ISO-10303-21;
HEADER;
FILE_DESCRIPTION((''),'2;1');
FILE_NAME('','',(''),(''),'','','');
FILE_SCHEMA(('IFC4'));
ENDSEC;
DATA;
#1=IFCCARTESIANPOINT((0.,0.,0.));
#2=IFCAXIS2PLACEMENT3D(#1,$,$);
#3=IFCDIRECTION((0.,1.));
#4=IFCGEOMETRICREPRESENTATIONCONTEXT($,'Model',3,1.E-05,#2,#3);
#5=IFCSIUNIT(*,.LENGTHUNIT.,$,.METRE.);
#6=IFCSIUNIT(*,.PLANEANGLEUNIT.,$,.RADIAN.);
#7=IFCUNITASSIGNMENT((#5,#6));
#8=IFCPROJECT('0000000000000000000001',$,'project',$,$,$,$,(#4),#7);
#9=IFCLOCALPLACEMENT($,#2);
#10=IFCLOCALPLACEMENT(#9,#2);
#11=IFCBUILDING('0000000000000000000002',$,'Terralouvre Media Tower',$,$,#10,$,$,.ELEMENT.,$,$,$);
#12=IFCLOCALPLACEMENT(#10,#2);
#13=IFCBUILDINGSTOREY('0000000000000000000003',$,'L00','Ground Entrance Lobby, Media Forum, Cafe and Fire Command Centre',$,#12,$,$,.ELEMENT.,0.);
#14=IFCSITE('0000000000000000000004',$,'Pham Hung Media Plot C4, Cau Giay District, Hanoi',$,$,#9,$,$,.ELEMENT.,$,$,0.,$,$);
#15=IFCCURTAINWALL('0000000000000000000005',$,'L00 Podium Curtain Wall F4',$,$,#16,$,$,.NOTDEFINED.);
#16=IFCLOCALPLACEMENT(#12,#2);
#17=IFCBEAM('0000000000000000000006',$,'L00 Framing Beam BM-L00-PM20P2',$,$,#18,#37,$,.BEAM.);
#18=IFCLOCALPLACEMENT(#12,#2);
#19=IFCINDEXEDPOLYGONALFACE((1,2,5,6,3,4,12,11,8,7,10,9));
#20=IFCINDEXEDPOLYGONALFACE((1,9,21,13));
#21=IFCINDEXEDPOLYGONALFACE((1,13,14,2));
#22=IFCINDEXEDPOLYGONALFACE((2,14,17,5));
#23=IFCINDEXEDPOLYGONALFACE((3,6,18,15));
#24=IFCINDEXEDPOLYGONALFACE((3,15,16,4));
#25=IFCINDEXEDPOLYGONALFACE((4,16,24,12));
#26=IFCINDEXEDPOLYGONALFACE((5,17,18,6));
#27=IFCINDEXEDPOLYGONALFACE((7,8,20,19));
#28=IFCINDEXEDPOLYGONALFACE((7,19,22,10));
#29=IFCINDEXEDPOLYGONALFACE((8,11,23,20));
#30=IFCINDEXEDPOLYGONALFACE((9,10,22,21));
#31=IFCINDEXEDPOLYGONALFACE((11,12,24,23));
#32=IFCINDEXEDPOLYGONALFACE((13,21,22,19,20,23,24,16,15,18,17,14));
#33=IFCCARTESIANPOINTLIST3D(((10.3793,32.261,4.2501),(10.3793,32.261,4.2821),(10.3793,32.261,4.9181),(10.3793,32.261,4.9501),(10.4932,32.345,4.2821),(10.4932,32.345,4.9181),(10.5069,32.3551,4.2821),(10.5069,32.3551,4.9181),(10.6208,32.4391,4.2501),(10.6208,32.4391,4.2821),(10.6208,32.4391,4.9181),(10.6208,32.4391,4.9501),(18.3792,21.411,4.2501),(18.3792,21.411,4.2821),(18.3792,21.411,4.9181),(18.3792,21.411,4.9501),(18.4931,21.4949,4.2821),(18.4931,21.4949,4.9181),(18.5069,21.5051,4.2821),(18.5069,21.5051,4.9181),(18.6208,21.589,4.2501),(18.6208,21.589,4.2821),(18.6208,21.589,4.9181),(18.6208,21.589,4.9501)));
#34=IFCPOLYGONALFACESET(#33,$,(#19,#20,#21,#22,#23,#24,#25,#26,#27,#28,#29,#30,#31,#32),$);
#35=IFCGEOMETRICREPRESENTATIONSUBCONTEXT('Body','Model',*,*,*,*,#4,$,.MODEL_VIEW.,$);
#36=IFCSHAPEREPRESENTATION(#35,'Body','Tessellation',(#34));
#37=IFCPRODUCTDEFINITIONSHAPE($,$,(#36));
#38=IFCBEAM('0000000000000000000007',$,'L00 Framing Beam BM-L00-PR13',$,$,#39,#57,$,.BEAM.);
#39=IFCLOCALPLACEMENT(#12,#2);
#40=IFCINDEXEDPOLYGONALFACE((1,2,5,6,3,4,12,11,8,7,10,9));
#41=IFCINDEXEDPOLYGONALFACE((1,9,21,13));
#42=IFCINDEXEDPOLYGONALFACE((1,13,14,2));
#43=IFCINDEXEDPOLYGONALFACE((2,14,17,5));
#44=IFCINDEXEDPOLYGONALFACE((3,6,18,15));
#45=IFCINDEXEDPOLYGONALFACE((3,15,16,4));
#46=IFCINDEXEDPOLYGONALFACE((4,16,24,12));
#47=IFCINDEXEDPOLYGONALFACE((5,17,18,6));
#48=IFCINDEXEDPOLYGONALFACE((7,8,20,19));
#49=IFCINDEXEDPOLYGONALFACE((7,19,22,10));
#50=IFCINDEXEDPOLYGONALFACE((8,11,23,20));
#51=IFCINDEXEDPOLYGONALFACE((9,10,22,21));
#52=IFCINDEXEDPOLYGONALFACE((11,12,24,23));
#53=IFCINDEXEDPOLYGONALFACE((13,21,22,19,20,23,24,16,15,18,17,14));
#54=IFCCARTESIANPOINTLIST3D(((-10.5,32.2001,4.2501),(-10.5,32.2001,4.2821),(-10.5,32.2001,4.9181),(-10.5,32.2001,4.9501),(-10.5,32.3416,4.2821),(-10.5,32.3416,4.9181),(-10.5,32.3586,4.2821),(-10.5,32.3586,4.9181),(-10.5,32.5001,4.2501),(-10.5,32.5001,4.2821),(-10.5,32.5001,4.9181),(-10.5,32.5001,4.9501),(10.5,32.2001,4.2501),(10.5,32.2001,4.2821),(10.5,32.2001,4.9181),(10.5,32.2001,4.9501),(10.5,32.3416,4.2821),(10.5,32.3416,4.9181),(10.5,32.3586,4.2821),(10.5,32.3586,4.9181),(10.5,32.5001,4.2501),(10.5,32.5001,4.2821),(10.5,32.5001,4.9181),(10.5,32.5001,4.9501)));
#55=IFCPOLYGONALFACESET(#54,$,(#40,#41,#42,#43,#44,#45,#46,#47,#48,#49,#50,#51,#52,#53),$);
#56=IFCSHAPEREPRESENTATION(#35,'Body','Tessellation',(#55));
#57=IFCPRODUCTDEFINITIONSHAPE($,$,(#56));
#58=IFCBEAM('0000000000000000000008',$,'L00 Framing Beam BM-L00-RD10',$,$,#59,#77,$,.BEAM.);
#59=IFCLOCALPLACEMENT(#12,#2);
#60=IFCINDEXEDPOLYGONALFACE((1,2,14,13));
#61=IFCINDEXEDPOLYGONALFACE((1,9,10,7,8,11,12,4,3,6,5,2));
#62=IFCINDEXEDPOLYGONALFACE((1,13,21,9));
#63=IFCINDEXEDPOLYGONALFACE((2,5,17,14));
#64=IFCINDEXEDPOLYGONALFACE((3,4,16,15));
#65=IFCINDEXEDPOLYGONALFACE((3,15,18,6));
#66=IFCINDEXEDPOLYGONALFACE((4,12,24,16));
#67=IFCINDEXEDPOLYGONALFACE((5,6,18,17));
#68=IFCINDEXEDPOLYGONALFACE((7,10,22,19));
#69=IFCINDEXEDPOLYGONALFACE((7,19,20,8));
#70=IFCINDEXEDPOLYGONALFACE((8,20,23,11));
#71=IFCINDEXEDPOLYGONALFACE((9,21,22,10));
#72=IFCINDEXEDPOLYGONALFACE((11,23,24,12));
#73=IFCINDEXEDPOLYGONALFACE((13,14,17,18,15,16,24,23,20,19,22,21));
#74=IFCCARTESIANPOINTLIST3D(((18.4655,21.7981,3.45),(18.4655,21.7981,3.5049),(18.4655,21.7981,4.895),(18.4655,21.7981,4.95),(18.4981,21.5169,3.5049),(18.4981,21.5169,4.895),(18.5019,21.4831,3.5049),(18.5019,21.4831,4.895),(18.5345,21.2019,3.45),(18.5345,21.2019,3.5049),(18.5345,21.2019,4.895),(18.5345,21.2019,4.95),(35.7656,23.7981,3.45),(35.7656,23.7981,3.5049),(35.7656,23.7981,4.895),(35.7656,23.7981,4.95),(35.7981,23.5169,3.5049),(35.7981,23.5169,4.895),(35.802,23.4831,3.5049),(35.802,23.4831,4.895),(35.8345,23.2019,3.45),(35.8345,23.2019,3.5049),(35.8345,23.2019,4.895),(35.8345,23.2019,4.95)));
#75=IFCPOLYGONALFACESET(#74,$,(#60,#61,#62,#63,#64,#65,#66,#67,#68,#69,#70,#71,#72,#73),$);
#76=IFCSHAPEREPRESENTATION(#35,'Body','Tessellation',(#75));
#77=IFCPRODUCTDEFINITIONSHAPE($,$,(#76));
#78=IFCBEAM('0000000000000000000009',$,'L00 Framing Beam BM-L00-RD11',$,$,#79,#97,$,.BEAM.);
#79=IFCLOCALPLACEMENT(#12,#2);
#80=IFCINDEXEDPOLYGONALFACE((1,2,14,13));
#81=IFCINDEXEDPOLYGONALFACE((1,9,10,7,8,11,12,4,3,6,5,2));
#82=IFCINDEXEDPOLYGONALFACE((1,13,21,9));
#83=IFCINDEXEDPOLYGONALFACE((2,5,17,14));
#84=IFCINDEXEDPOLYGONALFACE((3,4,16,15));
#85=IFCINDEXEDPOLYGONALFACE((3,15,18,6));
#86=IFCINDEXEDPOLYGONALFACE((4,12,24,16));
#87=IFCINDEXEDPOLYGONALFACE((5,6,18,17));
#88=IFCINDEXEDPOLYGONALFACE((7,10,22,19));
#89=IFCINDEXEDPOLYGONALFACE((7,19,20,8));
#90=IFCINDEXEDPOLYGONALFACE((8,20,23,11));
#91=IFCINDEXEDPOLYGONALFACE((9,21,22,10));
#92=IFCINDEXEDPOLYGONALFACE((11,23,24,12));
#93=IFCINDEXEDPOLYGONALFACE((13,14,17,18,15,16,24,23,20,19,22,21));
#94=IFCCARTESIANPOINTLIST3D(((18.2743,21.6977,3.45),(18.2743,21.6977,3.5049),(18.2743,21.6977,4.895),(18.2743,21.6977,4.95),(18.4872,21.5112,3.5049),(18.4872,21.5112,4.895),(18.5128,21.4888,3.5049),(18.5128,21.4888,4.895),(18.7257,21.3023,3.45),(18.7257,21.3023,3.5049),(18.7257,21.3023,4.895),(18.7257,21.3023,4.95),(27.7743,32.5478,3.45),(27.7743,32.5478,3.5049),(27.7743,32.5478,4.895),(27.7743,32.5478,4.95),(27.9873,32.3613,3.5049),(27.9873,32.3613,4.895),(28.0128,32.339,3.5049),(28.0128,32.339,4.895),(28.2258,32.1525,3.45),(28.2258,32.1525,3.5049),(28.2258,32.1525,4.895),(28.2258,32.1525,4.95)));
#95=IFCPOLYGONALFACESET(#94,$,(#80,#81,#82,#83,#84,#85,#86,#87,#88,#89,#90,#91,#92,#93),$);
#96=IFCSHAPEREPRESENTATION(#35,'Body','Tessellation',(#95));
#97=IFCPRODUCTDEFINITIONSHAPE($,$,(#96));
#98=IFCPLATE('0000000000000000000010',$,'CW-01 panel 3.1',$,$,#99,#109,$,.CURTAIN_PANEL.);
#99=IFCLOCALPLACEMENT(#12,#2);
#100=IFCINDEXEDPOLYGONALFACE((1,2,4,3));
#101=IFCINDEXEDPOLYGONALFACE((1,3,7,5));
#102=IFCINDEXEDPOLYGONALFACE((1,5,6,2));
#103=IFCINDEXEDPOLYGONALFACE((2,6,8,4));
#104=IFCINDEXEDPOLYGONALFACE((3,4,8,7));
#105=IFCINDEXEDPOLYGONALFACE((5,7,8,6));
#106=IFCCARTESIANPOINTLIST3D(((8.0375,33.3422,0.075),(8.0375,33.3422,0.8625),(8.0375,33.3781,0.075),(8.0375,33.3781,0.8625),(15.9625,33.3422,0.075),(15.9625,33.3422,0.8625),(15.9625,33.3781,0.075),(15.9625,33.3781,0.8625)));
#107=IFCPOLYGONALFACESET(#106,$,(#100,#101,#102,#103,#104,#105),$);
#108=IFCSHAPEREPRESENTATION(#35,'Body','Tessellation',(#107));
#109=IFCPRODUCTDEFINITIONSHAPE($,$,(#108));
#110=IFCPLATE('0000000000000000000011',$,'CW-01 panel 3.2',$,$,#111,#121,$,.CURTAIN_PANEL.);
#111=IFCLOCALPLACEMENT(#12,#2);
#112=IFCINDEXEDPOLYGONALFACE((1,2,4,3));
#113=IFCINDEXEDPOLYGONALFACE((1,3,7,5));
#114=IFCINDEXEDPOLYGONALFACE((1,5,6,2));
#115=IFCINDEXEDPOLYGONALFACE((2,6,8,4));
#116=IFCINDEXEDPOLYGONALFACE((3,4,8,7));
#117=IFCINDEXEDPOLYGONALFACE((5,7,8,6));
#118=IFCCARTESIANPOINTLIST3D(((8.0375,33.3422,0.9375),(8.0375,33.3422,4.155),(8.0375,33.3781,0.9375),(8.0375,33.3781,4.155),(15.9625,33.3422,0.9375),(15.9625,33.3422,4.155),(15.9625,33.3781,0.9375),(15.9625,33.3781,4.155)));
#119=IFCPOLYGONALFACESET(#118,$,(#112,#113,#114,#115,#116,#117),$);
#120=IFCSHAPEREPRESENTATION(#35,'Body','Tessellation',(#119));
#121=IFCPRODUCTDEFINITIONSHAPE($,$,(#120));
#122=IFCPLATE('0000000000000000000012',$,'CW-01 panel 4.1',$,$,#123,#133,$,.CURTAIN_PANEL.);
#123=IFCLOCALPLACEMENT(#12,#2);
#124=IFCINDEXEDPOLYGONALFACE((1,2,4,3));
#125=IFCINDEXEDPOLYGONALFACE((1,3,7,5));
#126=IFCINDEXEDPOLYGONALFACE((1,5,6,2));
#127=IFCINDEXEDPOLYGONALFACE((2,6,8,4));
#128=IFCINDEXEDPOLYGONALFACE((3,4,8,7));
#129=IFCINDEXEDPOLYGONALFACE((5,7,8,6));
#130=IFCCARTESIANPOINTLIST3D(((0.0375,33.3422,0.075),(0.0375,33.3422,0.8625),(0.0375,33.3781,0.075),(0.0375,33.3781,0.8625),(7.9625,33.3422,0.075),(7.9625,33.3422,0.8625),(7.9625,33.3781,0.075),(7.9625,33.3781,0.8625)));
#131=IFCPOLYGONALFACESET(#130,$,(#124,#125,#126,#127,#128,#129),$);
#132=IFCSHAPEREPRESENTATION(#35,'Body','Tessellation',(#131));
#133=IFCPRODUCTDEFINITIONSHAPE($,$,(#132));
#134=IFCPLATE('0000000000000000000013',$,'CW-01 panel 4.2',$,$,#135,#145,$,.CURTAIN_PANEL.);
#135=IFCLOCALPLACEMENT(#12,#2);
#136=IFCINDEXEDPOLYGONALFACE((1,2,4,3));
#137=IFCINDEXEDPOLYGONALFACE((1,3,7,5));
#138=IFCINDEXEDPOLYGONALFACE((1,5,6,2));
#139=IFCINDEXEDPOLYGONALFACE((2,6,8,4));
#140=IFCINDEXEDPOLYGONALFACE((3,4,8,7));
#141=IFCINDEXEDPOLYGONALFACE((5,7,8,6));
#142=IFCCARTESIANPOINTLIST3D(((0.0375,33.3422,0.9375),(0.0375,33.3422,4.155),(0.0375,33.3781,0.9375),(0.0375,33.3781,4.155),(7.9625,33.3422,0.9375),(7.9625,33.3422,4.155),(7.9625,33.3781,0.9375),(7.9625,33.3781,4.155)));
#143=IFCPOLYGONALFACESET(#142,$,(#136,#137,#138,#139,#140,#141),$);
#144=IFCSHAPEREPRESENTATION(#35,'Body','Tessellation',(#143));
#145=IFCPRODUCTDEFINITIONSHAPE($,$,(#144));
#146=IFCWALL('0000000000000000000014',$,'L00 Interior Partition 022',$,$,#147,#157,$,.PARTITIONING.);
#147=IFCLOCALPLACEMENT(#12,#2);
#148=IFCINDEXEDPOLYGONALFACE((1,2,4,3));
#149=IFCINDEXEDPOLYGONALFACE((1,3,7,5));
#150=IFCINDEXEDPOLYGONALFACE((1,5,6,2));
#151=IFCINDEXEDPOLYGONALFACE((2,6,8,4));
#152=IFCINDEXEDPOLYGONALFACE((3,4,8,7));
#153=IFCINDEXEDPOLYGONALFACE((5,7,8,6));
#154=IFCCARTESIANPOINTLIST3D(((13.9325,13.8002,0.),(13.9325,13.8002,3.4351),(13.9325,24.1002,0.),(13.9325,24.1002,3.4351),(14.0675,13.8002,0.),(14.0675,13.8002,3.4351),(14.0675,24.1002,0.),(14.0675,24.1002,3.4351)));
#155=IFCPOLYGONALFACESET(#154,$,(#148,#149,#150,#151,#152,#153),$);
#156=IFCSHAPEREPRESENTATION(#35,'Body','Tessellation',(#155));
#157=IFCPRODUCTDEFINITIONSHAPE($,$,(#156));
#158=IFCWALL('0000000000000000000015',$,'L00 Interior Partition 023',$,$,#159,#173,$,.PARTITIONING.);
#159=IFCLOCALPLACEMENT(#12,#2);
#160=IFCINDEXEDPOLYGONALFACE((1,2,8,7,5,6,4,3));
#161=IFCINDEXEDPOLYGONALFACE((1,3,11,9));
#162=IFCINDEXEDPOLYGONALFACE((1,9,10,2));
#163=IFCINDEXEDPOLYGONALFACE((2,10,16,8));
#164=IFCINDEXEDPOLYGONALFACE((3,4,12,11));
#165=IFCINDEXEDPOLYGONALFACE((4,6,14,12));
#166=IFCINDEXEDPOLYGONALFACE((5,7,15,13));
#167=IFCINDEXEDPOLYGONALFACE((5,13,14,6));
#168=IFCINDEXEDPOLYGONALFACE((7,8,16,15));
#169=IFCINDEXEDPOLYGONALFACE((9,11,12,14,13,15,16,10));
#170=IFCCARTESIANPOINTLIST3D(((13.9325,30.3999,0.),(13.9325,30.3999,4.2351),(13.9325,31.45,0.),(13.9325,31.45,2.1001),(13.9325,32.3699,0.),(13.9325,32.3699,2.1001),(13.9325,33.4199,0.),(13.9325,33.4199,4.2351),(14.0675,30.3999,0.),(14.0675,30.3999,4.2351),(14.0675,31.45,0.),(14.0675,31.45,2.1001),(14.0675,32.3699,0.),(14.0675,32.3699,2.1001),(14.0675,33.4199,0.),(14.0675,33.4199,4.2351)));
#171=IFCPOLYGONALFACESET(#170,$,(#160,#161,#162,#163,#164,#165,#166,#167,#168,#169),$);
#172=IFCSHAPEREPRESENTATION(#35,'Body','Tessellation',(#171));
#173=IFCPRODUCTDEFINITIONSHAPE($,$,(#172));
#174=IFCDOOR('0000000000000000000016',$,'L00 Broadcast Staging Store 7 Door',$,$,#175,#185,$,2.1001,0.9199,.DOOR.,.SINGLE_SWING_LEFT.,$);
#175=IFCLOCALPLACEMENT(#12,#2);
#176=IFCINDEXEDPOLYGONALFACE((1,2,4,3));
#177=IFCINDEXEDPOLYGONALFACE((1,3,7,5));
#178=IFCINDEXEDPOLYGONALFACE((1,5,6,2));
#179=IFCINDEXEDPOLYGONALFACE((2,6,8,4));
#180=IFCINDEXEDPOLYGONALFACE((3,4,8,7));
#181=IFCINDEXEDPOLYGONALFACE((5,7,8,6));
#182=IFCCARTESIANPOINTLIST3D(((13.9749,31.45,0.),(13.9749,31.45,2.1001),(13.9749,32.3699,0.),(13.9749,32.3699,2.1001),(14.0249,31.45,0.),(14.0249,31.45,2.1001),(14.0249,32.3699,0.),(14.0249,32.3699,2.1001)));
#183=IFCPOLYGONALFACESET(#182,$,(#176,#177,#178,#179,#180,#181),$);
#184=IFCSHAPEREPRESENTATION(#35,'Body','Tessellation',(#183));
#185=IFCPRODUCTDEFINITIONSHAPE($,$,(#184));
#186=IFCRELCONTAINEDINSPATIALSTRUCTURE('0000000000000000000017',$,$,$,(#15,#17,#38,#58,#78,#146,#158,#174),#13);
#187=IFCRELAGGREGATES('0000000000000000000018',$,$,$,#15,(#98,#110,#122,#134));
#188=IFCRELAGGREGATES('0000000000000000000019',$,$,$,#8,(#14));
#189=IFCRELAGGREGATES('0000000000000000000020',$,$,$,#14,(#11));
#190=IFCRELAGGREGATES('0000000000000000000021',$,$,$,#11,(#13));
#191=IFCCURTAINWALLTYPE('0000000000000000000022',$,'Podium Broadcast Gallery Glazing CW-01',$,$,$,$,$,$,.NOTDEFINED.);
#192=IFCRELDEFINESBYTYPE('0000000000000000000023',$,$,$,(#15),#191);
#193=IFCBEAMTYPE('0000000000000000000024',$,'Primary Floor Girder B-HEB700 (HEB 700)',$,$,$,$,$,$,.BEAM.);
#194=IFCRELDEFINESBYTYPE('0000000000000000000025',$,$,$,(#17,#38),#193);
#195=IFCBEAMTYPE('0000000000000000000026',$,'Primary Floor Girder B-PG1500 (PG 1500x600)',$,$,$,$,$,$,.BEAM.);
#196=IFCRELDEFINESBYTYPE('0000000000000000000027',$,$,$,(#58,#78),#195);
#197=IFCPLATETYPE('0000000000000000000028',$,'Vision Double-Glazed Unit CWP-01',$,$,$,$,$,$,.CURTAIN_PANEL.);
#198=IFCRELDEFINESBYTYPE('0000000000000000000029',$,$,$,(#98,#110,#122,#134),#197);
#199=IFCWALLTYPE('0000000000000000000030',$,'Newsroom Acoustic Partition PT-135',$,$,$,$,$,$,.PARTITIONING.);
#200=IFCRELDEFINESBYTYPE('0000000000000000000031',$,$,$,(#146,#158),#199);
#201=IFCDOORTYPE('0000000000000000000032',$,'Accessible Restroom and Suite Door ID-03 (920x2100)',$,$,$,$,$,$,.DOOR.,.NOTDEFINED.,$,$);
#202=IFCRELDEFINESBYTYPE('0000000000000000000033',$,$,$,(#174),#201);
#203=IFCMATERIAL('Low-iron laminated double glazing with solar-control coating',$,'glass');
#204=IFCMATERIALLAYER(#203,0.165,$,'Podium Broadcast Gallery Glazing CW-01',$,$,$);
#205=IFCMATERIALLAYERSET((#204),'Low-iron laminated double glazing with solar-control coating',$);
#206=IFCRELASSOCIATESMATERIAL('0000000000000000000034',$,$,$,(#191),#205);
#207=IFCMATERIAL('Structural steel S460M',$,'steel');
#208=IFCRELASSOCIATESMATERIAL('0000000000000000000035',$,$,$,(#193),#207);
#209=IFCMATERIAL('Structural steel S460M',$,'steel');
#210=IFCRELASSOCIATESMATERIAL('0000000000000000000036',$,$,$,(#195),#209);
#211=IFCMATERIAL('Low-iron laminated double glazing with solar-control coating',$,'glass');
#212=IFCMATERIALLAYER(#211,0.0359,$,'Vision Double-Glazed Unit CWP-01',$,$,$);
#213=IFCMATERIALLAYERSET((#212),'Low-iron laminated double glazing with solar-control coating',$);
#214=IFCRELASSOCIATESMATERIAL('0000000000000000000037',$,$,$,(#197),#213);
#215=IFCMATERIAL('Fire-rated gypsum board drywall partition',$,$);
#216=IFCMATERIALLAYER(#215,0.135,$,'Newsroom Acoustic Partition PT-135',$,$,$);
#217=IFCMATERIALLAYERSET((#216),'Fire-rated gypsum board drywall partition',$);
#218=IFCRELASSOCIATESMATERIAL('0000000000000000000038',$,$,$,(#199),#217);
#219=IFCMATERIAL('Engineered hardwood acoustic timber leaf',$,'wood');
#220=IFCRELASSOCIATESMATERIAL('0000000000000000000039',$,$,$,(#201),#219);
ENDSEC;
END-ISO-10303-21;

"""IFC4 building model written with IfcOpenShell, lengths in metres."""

from ifc_helpers import new_model, si_unit, direction, frame, frame_2d, origin, origin_2d, place, context, subcontext, project, spatial, rectangle, i_section, extrude, material, layer, layer_set, material_profile, profile_set, type_object, element, fill, aggregate, save


model = new_model("IFC4")

# Units and contexts
model_context = context("Model", 3, precision=1e-05, world=origin(), true_north=direction((0.0, 1.0)))
body_context = subcontext(model_context, "Body", "Model", "MODEL_VIEW")
ifc_project = project(units=[si_unit("LENGTHUNIT", "METRE"), si_unit("PLANEANGLEUNIT", "RADIAN")], contexts=[model_context])

# Site, building, storey
site_placement = place(None, origin())
site = spatial("IfcSite", under=ifc_project, at=site_placement, Name="Pham Hung Media Plot C4, Cau Giay District, Hanoi", CompositionType="ELEMENT", RefElevation=0.0)
building_placement = place(site_placement, origin())
building = spatial("IfcBuilding", under=site, at=building_placement, Name="Terralouvre Media Tower", CompositionType="ELEMENT")
storey_placement = place(building_placement, origin())
storey = spatial("IfcBuildingStorey", under=building, at=storey_placement, Name="L00", Description="Ground Entrance Lobby, Media Forum, Cafe and Fire Command Centre", CompositionType="ELEMENT", Elevation=0.0)

# Curtain wall
ifc_material_1 = material(Name="Low-iron laminated double glazing with solar-control coating", Category="glass")
ifc_layer_1 = layer(ifc_material_1, 0.165, Name="Podium Broadcast Gallery Glazing CW-01")
ifc_layer_set_1 = layer_set([ifc_layer_1], Name="Low-iron laminated double glazing with solar-control coating")
curtain_wall_type = type_object("IfcCurtainWallType", Name="Podium Broadcast Gallery Glazing CW-01", PredefinedType="NOTDEFINED", material=ifc_layer_set_1)
curtain_wall_placement = place(storey_placement, origin())
curtain_wall = element("IfcCurtainWall", 1, at=curtain_wall_placement, inside=storey, type_object=curtain_wall_type, Name="L00 Podium Curtain Wall F4", PredefinedType="NOTDEFINED")

# Beams
ifc_material_2 = material(Name="Structural steel S460M", Category="steel")
ifc_material_profile_1 = material_profile(ifc_material_2, i_section(OverallWidth=0.3, OverallDepth=0.7, WebThickness=0.0171, FlangeThickness=0.032, at=origin_2d()), Name="HEB 700")
ifc_profile_set_1 = profile_set([ifc_material_profile_1], Name="Structural steel S460M")
beam_type_1 = type_object("IfcBeamType", Name="Primary Floor Girder B-HEB700 (HEB 700)", PredefinedType="BEAM", material=ifc_profile_set_1)
beam_1_placement = place(storey_placement, frame((18.5, 21.5, 4.6001), z_axis=(-0.593449, 0.804872, 0.0), x_axis=(-0.804872, -0.593449, 0.0)))
element("IfcBeam", 2, at=beam_1_placement, inside=storey, type_object=beam_type_1, Name="L00 Framing Beam BM-L00-PM20P2", PredefinedType="BEAM", context=body_context, shape_type="SweptSolid", body=[
    extrude(i_section(OverallWidth=0.3, OverallDepth=0.7, WebThickness=0.0171, FlangeThickness=0.032, at=origin_2d()), origin(), (0.0, 0.0, 1.0), 13.4805),
])
beam_2_placement = place(storey_placement, frame((10.5, 32.3501, 4.6001), z_axis=(-1.0, 0.0, 0.0), x_axis=(0.0, -1.0, 0.0)))
element("IfcBeam", 3, at=beam_2_placement, inside=storey, type_object=beam_type_1, Name="L00 Framing Beam BM-L00-PR13", PredefinedType="BEAM", context=body_context, shape_type="SweptSolid", body=[
    extrude(i_section(OverallWidth=0.3, OverallDepth=0.7, WebThickness=0.0171, FlangeThickness=0.032, at=origin_2d()), origin(), (0.0, 0.0, 1.0), 21.0),
])
ifc_material_3 = material(Name="Structural steel S460M", Category="steel")
ifc_material_profile_2 = material_profile(ifc_material_3, i_section(OverallWidth=0.6001, OverallDepth=1.5, WebThickness=0.0339, FlangeThickness=0.0549, at=origin_2d()), Name="PG 1500x600")
ifc_profile_set_2 = profile_set([ifc_material_profile_2], Name="Structural steel S460M")
beam_type_2 = type_object("IfcBeamType", Name="Primary Floor Girder B-PG1500 (PG 1500x600)", PredefinedType="BEAM", material=ifc_profile_set_2)
beam_3_placement = place(storey_placement, frame((18.5, 21.5, 4.2), z_axis=(0.993384, 0.114842, 0.0), x_axis=(-0.114842, 0.993384, 0.0)))
element("IfcBeam", 4, at=beam_3_placement, inside=storey, type_object=beam_type_2, Name="L00 Framing Beam BM-L00-RD10", PredefinedType="BEAM", context=body_context, shape_type="SweptSolid", body=[
    extrude(i_section(OverallWidth=0.6001, OverallDepth=1.5, WebThickness=0.0339, FlangeThickness=0.0549, at=origin_2d()), origin(), (0.0, 0.0, 1.0), 17.4153),
])
beam_4_placement = place(storey_placement, frame((18.5, 21.5, 4.2), z_axis=(0.658747, 0.752365, 0.0), x_axis=(-0.752365, 0.658747, 0.0)))
element("IfcBeam", 5, at=beam_4_placement, inside=storey, type_object=beam_type_2, Name="L00 Framing Beam BM-L00-RD11", PredefinedType="BEAM", context=body_context, shape_type="SweptSolid", body=[
    extrude(i_section(OverallWidth=0.6001, OverallDepth=1.5, WebThickness=0.0339, FlangeThickness=0.0549, at=origin_2d()), origin(), (0.0, 0.0, 1.0), 14.4214),
])

# Plates
ifc_material_4 = material(Name="Low-iron laminated double glazing with solar-control coating", Category="glass")
ifc_layer_2 = layer(ifc_material_4, 0.0359, Name="Vision Double-Glazed Unit CWP-01")
ifc_layer_set_2 = layer_set([ifc_layer_2], Name="Low-iron laminated double glazing with solar-control coating")
plate_type = type_object("IfcPlateType", Name="Vision Double-Glazed Unit CWP-01", PredefinedType="CURTAIN_PANEL", material=ifc_layer_set_2)
plate_1_placement = place(storey_placement, frame((12.0, 33.3601, 0.075), z_axis=(0.0, 0.0, 1.0), x_axis=(-1.0, 0.0, 0.0)))
plate_1 = element("IfcPlate", 6, at=plate_1_placement, type_object=plate_type, Name="CW-01 panel 3.1", PredefinedType="CURTAIN_PANEL", context=body_context, shape_type="SweptSolid", body=[
    extrude(rectangle(XDim=7.925, YDim=0.0359, at=origin_2d()), origin(), (0.0, 0.0, 1.0), 0.7876),
])
plate_2_placement = place(storey_placement, frame((12.0, 33.3601, 0.9375), z_axis=(0.0, 0.0, 1.0), x_axis=(-1.0, 0.0, 0.0)))
plate_2 = element("IfcPlate", 7, at=plate_2_placement, type_object=plate_type, Name="CW-01 panel 3.2", PredefinedType="CURTAIN_PANEL", context=body_context, shape_type="SweptSolid", body=[
    extrude(rectangle(XDim=7.925, YDim=0.0359, at=origin_2d()), origin(), (0.0, 0.0, 1.0), 3.2175),
])
plate_3_placement = place(storey_placement, frame((4.0, 33.3601, 0.075), z_axis=(0.0, 0.0, 1.0), x_axis=(-1.0, 0.0, 0.0)))
plate_3 = element("IfcPlate", 8, at=plate_3_placement, type_object=plate_type, Name="CW-01 panel 4.1", PredefinedType="CURTAIN_PANEL", context=body_context, shape_type="SweptSolid", body=[
    extrude(rectangle(XDim=7.925, YDim=0.0359, at=origin_2d()), origin(), (0.0, 0.0, 1.0), 0.7876),
])
plate_4_placement = place(storey_placement, frame((4.0, 33.3601, 0.9375), z_axis=(0.0, 0.0, 1.0), x_axis=(-1.0, 0.0, 0.0)))
plate_4 = element("IfcPlate", 9, at=plate_4_placement, type_object=plate_type, Name="CW-01 panel 4.2", PredefinedType="CURTAIN_PANEL", context=body_context, shape_type="SweptSolid", body=[
    extrude(rectangle(XDim=7.925, YDim=0.0359, at=origin_2d()), origin(), (0.0, 0.0, 1.0), 3.2175),
])
aggregate(curtain_wall, [plate_1, plate_2, plate_3, plate_4])

# Wall
ifc_material_5 = material(Name="Fire-rated gypsum board drywall partition")
ifc_layer_3 = layer(ifc_material_5, 0.135, Name="Newsroom Acoustic Partition PT-135")
ifc_layer_set_3 = layer_set([ifc_layer_3], Name="Fire-rated gypsum board drywall partition")
wall_type = type_object("IfcWallType", Name="Newsroom Acoustic Partition PT-135", PredefinedType="PARTITIONING", material=ifc_layer_set_3)
wall_1_placement = place(storey_placement, frame((14.0, 24.1001, 0.0), z_axis=(0.0, 0.0, 1.0), x_axis=(0.0, -1.0, 0.0)))
element("IfcWall", 10, at=wall_1_placement, inside=storey, type_object=wall_type, Name="L00 Interior Partition 022", PredefinedType="PARTITIONING", context=body_context, shape_type="SweptSolid", body=[
    extrude(rectangle(XDim=10.3, YDim=0.135, at=frame_2d((5.1499, 0.0))), origin(), (0.0, 0.0, 1.0), 3.4351),
])

# Wall, opening, door
wall_2_placement = place(storey_placement, frame((14.0, 33.4199, 0.0), z_axis=(0.0, 0.0, 1.0), x_axis=(0.0, -1.0, 0.0)))
wall_2 = element("IfcWall", 11, at=wall_2_placement, inside=storey, type_object=wall_type, Name="L00 Interior Partition 023", PredefinedType="PARTITIONING", context=body_context, shape_type="SweptSolid", body=[
    extrude(rectangle(XDim=3.02, YDim=0.135, at=frame_2d((1.51, 0.0))), origin(), (0.0, 0.0, 1.0), 4.2351),
])
opening_placement = place(wall_2_placement, frame((1.05, 0.0, 0.0)))
opening = element("IfcOpeningElement", 12, at=opening_placement, cuts=wall_2, PredefinedType="OPENING", context=body_context, shape_type="SweptSolid", body=[
    extrude(rectangle(XDim=0.9199, YDim=2.1001, at=frame_2d((0.46, 1.05))), frame((0.0, 0.0774, 0.0), z_axis=(0.0, -1.0, 0.0), x_axis=(1.0, 0.0, 0.0)), (0.0, 0.0, 1.0), 0.155),
])
ifc_material_6 = material(Name="Engineered hardwood acoustic timber leaf", Category="wood")
door_type = type_object("IfcDoorType", Name="Accessible Restroom and Suite Door ID-03 (920x2100)", OperationType="NOTDEFINED", PredefinedType="DOOR", material=ifc_material_6)
door_placement = place(opening_placement, origin())
door = element("IfcDoor", 13, at=door_placement, inside=storey, type_object=door_type, Name="L00 Broadcast Staging Store 7 Door", OperationType="SINGLE_SWING_LEFT", OverallHeight=2.1001, OverallWidth=0.9199, PredefinedType="DOOR", context=body_context, shape_type="SweptSolid", body=[
    extrude(rectangle(XDim=0.9199, YDim=2.1001, at=frame_2d((0.46, 1.05))), frame((0.0, 0.0249, 0.0), z_axis=(0.0, -1.0, 0.0), x_axis=(1.0, 0.0, 0.0)), (0.0, 0.0, 1.0), 0.05),
])
fill(opening, door)

save(model, "model.ifc")
